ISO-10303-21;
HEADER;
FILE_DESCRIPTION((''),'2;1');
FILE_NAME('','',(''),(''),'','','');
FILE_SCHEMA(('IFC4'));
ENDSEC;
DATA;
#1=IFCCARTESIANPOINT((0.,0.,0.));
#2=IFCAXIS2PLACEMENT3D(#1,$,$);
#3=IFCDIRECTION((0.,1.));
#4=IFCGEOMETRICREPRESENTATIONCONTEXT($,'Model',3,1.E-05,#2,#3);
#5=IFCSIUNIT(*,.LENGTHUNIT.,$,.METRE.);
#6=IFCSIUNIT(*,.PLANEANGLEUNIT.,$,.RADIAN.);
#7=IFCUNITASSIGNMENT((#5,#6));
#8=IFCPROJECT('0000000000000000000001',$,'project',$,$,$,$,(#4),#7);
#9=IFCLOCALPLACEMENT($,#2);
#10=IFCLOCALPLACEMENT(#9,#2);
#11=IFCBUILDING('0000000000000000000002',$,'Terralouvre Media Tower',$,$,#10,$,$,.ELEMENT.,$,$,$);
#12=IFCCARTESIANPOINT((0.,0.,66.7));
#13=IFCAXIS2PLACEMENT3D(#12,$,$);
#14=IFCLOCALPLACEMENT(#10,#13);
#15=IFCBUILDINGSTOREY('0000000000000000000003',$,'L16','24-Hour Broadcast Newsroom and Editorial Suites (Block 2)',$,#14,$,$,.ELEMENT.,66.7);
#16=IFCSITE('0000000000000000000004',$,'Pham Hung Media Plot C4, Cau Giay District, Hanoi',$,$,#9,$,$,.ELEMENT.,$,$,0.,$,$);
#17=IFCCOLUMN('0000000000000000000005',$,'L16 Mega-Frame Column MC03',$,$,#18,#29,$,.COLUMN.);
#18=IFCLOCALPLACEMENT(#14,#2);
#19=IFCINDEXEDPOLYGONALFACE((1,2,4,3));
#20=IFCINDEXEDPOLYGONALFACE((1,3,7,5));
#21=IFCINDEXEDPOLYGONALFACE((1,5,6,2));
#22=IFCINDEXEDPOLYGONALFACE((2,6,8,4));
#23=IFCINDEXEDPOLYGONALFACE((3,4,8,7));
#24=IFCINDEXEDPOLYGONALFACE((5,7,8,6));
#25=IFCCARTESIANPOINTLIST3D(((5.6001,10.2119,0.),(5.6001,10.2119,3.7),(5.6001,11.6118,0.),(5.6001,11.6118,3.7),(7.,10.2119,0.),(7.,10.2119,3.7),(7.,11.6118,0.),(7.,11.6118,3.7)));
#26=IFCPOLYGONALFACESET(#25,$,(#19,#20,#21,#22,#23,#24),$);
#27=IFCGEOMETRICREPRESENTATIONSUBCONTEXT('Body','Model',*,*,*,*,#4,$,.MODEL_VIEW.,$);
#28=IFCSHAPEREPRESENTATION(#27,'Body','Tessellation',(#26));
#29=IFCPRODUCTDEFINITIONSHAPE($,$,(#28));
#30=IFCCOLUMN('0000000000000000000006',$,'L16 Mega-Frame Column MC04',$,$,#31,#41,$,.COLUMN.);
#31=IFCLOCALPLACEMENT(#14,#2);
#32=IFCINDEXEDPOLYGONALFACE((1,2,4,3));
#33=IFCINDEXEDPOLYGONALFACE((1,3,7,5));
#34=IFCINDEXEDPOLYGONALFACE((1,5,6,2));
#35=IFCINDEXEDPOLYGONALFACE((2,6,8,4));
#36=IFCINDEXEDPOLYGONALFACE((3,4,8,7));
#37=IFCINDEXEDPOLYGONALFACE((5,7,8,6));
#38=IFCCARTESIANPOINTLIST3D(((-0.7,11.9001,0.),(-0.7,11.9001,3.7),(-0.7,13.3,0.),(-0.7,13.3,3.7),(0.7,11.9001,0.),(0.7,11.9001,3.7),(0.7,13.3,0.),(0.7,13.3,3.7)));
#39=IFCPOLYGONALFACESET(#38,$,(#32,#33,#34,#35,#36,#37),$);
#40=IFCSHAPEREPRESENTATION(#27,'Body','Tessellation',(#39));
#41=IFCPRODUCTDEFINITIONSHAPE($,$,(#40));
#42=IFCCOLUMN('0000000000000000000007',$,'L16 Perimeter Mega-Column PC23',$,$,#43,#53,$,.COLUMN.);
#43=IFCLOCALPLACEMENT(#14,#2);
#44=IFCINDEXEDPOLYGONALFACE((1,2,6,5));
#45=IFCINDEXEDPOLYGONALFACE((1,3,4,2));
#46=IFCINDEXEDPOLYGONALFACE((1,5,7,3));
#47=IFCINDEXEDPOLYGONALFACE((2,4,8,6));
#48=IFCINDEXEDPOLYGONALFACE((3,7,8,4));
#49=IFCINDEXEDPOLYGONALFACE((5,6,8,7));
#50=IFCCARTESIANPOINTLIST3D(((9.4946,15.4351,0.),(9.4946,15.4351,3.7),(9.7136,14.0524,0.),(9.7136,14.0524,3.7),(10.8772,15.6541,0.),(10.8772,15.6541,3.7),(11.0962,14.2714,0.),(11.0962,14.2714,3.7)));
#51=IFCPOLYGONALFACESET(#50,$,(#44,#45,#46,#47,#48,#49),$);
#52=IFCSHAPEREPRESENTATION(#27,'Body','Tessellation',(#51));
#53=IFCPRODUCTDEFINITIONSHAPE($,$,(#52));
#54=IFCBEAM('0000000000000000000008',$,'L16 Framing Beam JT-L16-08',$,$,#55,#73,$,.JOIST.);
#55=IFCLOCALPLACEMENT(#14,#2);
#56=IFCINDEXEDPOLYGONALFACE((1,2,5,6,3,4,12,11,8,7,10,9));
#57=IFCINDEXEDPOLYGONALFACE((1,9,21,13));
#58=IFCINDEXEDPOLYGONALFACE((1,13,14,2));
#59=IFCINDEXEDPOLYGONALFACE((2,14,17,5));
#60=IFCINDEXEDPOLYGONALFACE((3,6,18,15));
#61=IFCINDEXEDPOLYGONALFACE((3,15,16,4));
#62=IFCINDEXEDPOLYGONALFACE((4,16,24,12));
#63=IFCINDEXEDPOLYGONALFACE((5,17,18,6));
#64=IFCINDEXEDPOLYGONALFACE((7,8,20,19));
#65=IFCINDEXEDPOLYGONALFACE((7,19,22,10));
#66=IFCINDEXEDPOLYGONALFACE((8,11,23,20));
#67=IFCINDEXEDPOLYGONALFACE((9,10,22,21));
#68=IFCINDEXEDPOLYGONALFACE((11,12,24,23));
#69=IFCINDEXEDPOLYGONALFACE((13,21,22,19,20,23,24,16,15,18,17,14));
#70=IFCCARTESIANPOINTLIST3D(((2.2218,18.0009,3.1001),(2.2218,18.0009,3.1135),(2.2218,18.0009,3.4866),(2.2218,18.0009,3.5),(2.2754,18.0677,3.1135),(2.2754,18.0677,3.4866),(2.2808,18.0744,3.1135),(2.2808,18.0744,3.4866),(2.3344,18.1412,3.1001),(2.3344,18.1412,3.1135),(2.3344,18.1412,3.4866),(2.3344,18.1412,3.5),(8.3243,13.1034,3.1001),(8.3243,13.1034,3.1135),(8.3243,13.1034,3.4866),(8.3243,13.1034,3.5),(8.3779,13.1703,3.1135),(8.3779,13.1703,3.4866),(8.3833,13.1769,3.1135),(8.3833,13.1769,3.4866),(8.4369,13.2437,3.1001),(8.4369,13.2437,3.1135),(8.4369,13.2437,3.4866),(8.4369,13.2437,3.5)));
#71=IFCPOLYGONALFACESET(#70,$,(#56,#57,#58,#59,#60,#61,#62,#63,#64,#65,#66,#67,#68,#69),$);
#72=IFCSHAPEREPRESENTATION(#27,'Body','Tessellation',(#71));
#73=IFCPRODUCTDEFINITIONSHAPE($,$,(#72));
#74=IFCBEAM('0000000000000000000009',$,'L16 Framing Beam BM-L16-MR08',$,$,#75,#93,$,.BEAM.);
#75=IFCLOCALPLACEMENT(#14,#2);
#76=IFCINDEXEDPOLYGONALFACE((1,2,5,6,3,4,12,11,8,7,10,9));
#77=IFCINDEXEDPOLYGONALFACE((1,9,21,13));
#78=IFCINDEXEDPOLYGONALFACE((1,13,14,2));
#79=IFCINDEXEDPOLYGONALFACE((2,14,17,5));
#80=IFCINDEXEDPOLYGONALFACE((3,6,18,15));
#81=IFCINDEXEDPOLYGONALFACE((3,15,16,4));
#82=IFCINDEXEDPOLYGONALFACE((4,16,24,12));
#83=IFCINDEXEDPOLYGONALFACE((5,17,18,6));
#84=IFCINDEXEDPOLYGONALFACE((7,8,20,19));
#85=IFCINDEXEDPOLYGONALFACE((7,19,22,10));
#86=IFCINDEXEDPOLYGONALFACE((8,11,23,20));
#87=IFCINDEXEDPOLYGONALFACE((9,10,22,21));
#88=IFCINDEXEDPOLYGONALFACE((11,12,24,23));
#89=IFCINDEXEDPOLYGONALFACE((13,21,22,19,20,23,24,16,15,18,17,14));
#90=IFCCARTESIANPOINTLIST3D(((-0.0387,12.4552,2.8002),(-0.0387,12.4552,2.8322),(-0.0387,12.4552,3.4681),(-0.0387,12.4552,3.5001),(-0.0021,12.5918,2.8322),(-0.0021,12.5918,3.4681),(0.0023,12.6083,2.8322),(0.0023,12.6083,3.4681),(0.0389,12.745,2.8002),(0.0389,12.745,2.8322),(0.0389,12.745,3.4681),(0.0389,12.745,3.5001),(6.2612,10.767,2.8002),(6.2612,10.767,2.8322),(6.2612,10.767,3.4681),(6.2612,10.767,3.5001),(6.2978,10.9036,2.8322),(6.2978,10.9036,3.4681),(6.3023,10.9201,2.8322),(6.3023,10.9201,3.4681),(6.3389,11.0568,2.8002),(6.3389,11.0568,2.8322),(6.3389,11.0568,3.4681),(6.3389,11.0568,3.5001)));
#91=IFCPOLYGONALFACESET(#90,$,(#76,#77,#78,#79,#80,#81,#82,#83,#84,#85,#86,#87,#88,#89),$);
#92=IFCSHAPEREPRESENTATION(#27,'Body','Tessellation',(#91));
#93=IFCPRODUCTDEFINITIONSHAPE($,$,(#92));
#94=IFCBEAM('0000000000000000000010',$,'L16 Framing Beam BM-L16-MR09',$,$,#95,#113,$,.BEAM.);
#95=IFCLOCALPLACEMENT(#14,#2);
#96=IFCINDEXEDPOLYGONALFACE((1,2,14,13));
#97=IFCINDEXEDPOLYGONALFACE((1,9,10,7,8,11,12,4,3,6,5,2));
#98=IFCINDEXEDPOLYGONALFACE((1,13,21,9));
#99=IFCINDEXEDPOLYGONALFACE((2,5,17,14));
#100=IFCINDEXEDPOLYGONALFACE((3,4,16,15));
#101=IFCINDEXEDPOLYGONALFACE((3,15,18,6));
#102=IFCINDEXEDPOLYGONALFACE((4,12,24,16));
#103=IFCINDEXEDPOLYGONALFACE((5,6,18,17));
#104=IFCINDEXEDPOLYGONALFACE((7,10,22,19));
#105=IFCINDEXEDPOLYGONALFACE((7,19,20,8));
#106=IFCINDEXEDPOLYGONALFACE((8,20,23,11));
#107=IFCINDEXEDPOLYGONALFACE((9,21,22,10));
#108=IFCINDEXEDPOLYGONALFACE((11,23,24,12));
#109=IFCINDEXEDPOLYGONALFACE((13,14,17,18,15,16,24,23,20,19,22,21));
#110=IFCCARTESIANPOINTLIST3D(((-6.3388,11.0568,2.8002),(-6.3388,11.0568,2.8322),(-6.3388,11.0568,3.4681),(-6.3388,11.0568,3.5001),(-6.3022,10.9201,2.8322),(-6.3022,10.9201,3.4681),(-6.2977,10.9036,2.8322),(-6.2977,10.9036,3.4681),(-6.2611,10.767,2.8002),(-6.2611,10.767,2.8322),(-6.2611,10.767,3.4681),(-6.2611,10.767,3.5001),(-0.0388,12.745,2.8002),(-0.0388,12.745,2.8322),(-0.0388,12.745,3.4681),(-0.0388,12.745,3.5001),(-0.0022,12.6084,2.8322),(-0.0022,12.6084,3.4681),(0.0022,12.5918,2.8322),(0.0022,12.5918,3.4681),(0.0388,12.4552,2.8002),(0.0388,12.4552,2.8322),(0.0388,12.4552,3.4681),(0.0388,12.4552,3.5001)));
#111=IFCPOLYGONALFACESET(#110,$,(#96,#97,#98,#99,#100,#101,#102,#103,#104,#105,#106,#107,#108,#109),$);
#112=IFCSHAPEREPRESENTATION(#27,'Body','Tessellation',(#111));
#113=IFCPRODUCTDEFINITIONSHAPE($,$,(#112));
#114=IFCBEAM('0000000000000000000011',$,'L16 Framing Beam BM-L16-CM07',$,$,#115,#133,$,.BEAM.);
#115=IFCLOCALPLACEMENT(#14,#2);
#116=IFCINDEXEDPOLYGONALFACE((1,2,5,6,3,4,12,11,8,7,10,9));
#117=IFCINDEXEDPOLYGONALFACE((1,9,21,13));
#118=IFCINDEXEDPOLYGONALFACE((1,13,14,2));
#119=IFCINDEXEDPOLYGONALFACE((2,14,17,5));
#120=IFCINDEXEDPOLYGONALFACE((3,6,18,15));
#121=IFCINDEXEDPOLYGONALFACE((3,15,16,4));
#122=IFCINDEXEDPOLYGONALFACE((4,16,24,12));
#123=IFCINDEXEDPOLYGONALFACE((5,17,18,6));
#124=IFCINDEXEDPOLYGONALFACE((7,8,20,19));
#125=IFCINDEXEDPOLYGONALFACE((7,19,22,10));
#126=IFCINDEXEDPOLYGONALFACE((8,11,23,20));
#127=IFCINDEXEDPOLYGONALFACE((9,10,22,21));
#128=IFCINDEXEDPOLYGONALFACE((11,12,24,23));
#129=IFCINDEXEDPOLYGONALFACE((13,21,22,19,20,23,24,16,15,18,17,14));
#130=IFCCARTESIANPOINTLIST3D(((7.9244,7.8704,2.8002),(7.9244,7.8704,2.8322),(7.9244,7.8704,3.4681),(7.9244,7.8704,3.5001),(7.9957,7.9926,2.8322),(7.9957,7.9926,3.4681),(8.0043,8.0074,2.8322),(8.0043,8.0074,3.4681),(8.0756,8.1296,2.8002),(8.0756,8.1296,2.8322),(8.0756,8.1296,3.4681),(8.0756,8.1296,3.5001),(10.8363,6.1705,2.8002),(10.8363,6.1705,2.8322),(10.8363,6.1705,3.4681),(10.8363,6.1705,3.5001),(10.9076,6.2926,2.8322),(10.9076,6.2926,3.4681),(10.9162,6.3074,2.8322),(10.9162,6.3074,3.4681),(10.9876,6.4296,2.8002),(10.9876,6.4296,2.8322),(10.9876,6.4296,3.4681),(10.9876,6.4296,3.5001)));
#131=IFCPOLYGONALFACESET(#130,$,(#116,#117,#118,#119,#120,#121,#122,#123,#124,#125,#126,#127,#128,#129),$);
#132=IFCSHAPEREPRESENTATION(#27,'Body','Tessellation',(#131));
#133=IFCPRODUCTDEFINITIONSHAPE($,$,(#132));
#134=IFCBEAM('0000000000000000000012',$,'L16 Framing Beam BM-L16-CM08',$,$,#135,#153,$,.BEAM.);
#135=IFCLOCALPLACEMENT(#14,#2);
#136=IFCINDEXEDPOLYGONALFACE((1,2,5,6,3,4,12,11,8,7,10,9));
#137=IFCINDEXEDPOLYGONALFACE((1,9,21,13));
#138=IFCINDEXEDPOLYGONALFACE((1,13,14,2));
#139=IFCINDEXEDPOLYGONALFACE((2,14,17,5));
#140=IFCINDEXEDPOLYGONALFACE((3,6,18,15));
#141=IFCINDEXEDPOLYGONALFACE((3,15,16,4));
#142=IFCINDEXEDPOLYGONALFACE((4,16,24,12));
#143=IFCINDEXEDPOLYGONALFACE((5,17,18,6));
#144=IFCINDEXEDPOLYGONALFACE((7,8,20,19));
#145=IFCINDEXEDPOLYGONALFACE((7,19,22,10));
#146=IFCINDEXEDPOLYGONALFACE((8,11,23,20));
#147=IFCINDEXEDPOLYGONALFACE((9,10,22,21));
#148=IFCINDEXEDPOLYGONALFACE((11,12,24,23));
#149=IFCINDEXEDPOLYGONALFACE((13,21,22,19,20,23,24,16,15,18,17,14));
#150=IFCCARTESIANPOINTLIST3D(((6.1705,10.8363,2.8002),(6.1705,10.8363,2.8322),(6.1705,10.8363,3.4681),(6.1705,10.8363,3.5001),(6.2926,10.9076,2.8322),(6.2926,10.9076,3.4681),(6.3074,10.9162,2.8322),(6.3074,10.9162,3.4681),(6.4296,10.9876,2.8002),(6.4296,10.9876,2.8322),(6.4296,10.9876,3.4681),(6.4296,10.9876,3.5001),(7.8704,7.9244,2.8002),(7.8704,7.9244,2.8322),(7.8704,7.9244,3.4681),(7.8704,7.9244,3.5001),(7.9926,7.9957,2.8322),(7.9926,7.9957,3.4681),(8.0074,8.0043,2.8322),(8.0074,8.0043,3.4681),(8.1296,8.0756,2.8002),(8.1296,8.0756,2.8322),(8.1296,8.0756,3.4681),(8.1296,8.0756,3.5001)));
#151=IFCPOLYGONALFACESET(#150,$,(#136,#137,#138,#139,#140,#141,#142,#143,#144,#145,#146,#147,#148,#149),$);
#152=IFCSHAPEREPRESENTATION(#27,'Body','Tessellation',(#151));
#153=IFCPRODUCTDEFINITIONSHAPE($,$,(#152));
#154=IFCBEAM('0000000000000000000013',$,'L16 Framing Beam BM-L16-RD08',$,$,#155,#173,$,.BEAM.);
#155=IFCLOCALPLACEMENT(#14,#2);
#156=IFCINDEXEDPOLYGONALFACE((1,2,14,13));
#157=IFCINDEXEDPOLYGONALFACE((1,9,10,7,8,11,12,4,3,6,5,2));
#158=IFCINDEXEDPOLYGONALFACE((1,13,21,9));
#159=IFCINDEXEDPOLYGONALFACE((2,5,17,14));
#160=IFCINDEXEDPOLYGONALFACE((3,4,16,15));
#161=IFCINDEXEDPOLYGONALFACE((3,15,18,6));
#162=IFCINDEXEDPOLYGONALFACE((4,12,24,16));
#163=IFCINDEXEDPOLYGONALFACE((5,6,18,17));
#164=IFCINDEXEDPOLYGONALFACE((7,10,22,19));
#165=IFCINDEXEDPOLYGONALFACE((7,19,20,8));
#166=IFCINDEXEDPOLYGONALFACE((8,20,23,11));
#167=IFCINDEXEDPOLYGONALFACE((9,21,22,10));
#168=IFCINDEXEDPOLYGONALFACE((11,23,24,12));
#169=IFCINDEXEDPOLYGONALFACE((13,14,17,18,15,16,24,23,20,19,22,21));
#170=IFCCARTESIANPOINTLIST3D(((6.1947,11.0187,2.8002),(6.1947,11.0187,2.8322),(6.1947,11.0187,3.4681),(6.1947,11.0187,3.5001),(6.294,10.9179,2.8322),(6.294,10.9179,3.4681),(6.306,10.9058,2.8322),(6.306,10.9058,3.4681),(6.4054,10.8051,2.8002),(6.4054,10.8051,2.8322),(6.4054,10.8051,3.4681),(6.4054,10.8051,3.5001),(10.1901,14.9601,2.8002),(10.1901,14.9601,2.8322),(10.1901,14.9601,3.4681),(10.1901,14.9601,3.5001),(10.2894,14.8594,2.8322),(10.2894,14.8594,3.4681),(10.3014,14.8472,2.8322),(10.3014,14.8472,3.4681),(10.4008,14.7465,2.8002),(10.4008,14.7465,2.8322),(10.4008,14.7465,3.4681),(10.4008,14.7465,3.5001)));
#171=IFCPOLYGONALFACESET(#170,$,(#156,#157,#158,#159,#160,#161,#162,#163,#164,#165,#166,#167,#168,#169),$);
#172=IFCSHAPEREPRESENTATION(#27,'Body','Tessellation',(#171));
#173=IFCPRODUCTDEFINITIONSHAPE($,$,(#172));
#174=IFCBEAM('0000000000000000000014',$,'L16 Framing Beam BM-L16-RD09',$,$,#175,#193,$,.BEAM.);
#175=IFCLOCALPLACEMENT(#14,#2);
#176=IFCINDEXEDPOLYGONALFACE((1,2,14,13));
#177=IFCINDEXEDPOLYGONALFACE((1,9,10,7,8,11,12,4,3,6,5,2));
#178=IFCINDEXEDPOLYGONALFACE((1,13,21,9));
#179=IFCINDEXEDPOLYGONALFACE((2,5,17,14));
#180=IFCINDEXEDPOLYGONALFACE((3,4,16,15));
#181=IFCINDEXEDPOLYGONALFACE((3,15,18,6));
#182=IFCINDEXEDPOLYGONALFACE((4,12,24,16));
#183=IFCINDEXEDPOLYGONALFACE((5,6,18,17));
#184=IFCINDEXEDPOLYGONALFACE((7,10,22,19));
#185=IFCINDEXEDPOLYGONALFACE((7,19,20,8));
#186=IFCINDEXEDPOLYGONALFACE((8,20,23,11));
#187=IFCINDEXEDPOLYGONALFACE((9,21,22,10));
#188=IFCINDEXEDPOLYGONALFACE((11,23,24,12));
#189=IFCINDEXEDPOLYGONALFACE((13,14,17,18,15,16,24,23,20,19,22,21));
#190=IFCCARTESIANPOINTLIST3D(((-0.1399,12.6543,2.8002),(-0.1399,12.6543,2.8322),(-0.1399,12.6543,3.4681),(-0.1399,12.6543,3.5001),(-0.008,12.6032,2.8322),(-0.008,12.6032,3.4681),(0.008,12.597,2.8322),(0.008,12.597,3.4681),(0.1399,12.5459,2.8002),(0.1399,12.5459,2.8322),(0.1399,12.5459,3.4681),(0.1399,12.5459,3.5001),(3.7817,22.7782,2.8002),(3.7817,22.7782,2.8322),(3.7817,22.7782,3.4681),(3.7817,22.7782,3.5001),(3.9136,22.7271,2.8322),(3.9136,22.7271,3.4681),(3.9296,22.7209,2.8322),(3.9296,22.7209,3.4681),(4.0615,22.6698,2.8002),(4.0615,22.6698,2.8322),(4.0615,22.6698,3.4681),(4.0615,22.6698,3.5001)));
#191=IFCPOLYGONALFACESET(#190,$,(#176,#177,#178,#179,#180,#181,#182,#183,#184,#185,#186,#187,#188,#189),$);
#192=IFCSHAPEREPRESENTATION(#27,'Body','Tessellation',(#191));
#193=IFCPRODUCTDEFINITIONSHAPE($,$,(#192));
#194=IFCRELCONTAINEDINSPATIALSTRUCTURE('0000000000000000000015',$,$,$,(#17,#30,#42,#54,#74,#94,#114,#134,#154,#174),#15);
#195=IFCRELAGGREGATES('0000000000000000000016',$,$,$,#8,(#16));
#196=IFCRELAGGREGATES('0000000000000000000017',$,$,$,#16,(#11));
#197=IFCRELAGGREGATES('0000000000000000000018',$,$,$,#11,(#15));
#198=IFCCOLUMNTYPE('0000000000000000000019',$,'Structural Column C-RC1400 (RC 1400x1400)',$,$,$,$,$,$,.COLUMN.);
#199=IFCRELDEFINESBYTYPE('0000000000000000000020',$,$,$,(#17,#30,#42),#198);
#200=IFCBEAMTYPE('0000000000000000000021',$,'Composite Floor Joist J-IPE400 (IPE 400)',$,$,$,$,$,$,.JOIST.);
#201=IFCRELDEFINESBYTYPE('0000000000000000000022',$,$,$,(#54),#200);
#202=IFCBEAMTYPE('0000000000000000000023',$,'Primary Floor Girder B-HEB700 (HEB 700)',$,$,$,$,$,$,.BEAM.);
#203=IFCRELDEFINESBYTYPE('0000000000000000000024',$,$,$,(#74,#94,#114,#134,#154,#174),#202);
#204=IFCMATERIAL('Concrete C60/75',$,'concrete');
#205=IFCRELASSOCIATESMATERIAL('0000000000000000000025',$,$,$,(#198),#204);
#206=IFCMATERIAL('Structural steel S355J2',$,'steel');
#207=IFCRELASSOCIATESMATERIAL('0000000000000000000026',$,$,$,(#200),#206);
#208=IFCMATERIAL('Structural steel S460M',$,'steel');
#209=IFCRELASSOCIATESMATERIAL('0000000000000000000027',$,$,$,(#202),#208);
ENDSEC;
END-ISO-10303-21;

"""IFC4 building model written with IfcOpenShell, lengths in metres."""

from ifc_helpers import new_model, si_unit, direction, frame, origin, origin_2d, place, context, subcontext, project, spatial, rectangle, i_section, extrude, material, material_profile, profile_set, type_object, element, save


model = new_model("IFC4")

# Units and contexts
model_context = context("Model", 3, precision=1e-05, world=origin(), true_north=direction((0.0, 1.0)))
body_context = subcontext(model_context, "Body", "Model", "MODEL_VIEW")
ifc_project = project(units=[si_unit("LENGTHUNIT", "METRE"), si_unit("PLANEANGLEUNIT", "RADIAN")], contexts=[model_context])

# Site, building, storey
site_placement = place(None, origin())
site = spatial("IfcSite", under=ifc_project, at=site_placement, Name="Pham Hung Media Plot C4, Cau Giay District, Hanoi", CompositionType="ELEMENT", RefElevation=0.0)
building_placement = place(site_placement, origin())
building = spatial("IfcBuilding", under=site, at=building_placement, Name="Terralouvre Media Tower", CompositionType="ELEMENT")
storey_placement = place(building_placement, frame((0.0, 0.0, 66.7)))
storey = spatial("IfcBuildingStorey", under=building, at=storey_placement, Name="L16", Description="24-Hour Broadcast Newsroom and Editorial Suites (Block 2)", CompositionType="ELEMENT", Elevation=66.7)

# Columns
ifc_material_1 = material(Name="Concrete C60/75", Category="concrete")
ifc_material_profile_1 = material_profile(ifc_material_1, rectangle(XDim=1.3999, YDim=1.3999, at=origin_2d()), Name="RC 1400x1400")
ifc_profile_set_1 = profile_set([ifc_material_profile_1], Name="Concrete C60/75")
column_type = type_object("IfcColumnType", Name="Structural Column C-RC1400 (RC 1400x1400)", PredefinedType="COLUMN", material=ifc_profile_set_1)
for number, where, z_axis, x_axis, name in (
    (1, (6.3, 10.9119, 0.0), (0.0, 0.0, 1.0), (1.0, 0.0, 0.0), "L16 Mega-Frame Column MC03"),
    (2, (0.0, 12.6001, 0.0), (0.0, 0.0, 1.0), (1.0, 0.0, 0.0), "L16 Mega-Frame Column MC04"),
    (3, (10.2954, 14.8533, 0.0), (0.0, 0.0, 1.0), (0.987688, 0.156434, 0.0), "L16 Perimeter Mega-Column PC23"),
):
    element("IfcColumn", number, at=place(storey_placement, frame(where, z_axis=z_axis, x_axis=x_axis)), inside=storey, type_object=column_type, Name=name, PredefinedType="COLUMN", context=body_context, shape_type="SweptSolid", body=[
        extrude(rectangle(XDim=1.3999, YDim=1.3999, at=origin_2d()), origin(), (0.0, 0.0, 1.0), 3.7),
    ])

# Beams
ifc_material_2 = material(Name="Structural steel S355J2", Category="steel")
ifc_material_profile_2 = material_profile(ifc_material_2, i_section(OverallWidth=0.1799, OverallDepth=0.3999, WebThickness=0.0085, FlangeThickness=0.0134, at=origin_2d()), Name="IPE 400")
ifc_profile_set_2 = profile_set([ifc_material_profile_2], Name="Structural steel S355J2")
beam_type_1 = type_object("IfcBeamType", Name="Composite Floor Joist J-IPE400 (IPE 400)", PredefinedType="JOIST", material=ifc_profile_set_2)
beam_1_placement = place(storey_placement, frame((8.3806, 13.1736, 3.3), z_axis=(-0.779906, 0.625897, 0.0), x_axis=(-0.625897, -0.779906, 0.0)))
element("IfcBeam", 4, at=beam_1_placement, inside=storey, type_object=beam_type_1, Name="L16 Framing Beam JT-L16-08", PredefinedType="JOIST", context=body_context, shape_type="SweptSolid", body=[
    extrude(i_section(OverallWidth=0.1799, OverallDepth=0.3999, WebThickness=0.0085, FlangeThickness=0.0134, at=origin_2d()), origin(), (0.0, 0.0, 1.0), 7.8247),
])
ifc_material_3 = material(Name="Structural steel S460M", Category="steel")
ifc_material_profile_3 = material_profile(ifc_material_3, i_section(OverallWidth=0.3, OverallDepth=0.7, WebThickness=0.0171, FlangeThickness=0.032, at=origin_2d()), Name="HEB 700")
ifc_profile_set_3 = profile_set([ifc_material_profile_3], Name="Structural steel S460M")
beam_type_2 = type_object("IfcBeamType", Name="Primary Floor Girder B-HEB700 (HEB 700)", PredefinedType="BEAM", material=ifc_profile_set_3)
for number, where, z_axis, x_axis, name in (
    (5, (6.3, 10.9119, 3.1501), (-0.96592, 0.258839, 0.0), (-0.258839, -0.96592, 0.0), "L16 Framing Beam BM-L16-MR08"),
    (6, (0.0, 12.6001, 3.1501), (-0.96592, -0.258839, 0.0), (0.258839, -0.96592, 0.0), "L16 Framing Beam BM-L16-MR09"),
):
    element("IfcBeam", number, at=place(storey_placement, frame(where, z_axis=z_axis, x_axis=x_axis)), inside=storey, type_object=beam_type_2, Name=name, PredefinedType="BEAM", context=body_context, shape_type="SweptSolid", body=[
        extrude(i_section(OverallWidth=0.3, OverallDepth=0.7, WebThickness=0.0171, FlangeThickness=0.032, at=origin_2d()), origin(), (0.0, 0.0, 1.0), 6.5222),
    ])
for number, where, z_axis, x_axis, name in (
    (7, (8.0, 8.0, 3.1501), (0.863603, -0.504173, 0.0), (0.504173, 0.863603, 0.0), "L16 Framing Beam BM-L16-CM07"),
    (8, (8.0, 8.0, 3.1501), (-0.504173, 0.863603, 0.0), (-0.863603, -0.504173, 0.0), "L16 Framing Beam BM-L16-CM08"),
):
    element("IfcBeam", number, at=place(storey_placement, frame(where, z_axis=z_axis, x_axis=x_axis)), inside=storey, type_object=beam_type_2, Name=name, PredefinedType="BEAM", context=body_context, shape_type="SweptSolid", body=[
        extrude(i_section(OverallWidth=0.3, OverallDepth=0.7, WebThickness=0.0171, FlangeThickness=0.032, at=origin_2d()), origin(), (0.0, 0.0, 1.0), 3.3718),
    ])
beam_2_placement = place(storey_placement, frame((6.3, 10.9119, 3.1501), z_axis=(0.711897, 0.702284, 0.0), x_axis=(-0.702284, 0.711897, 0.0)))
element("IfcBeam", 9, at=beam_2_placement, inside=storey, type_object=beam_type_2, Name="L16 Framing Beam BM-L16-RD08", PredefinedType="BEAM", context=body_context, shape_type="SweptSolid", body=[
    extrude(i_section(OverallWidth=0.3, OverallDepth=0.7, WebThickness=0.0171, FlangeThickness=0.032, at=origin_2d()), origin(), (0.0, 0.0, 1.0), 5.6123),
])
beam_3_placement = place(storey_placement, frame((0.0, 12.6001, 3.1501), z_axis=(0.361207, 0.932486, 0.0), x_axis=(-0.932486, 0.361207, 0.0)))
element("IfcBeam", 10, at=beam_3_placement, inside=storey, type_object=beam_type_2, Name="L16 Framing Beam BM-L16-RD09", PredefinedType="BEAM", context=body_context, shape_type="SweptSolid", body=[
    extrude(i_section(OverallWidth=0.3, OverallDepth=0.7, WebThickness=0.0171, FlangeThickness=0.032, at=origin_2d()), origin(), (0.0, 0.0, 1.0), 10.8569),
])

save(model, "model.ifc")
